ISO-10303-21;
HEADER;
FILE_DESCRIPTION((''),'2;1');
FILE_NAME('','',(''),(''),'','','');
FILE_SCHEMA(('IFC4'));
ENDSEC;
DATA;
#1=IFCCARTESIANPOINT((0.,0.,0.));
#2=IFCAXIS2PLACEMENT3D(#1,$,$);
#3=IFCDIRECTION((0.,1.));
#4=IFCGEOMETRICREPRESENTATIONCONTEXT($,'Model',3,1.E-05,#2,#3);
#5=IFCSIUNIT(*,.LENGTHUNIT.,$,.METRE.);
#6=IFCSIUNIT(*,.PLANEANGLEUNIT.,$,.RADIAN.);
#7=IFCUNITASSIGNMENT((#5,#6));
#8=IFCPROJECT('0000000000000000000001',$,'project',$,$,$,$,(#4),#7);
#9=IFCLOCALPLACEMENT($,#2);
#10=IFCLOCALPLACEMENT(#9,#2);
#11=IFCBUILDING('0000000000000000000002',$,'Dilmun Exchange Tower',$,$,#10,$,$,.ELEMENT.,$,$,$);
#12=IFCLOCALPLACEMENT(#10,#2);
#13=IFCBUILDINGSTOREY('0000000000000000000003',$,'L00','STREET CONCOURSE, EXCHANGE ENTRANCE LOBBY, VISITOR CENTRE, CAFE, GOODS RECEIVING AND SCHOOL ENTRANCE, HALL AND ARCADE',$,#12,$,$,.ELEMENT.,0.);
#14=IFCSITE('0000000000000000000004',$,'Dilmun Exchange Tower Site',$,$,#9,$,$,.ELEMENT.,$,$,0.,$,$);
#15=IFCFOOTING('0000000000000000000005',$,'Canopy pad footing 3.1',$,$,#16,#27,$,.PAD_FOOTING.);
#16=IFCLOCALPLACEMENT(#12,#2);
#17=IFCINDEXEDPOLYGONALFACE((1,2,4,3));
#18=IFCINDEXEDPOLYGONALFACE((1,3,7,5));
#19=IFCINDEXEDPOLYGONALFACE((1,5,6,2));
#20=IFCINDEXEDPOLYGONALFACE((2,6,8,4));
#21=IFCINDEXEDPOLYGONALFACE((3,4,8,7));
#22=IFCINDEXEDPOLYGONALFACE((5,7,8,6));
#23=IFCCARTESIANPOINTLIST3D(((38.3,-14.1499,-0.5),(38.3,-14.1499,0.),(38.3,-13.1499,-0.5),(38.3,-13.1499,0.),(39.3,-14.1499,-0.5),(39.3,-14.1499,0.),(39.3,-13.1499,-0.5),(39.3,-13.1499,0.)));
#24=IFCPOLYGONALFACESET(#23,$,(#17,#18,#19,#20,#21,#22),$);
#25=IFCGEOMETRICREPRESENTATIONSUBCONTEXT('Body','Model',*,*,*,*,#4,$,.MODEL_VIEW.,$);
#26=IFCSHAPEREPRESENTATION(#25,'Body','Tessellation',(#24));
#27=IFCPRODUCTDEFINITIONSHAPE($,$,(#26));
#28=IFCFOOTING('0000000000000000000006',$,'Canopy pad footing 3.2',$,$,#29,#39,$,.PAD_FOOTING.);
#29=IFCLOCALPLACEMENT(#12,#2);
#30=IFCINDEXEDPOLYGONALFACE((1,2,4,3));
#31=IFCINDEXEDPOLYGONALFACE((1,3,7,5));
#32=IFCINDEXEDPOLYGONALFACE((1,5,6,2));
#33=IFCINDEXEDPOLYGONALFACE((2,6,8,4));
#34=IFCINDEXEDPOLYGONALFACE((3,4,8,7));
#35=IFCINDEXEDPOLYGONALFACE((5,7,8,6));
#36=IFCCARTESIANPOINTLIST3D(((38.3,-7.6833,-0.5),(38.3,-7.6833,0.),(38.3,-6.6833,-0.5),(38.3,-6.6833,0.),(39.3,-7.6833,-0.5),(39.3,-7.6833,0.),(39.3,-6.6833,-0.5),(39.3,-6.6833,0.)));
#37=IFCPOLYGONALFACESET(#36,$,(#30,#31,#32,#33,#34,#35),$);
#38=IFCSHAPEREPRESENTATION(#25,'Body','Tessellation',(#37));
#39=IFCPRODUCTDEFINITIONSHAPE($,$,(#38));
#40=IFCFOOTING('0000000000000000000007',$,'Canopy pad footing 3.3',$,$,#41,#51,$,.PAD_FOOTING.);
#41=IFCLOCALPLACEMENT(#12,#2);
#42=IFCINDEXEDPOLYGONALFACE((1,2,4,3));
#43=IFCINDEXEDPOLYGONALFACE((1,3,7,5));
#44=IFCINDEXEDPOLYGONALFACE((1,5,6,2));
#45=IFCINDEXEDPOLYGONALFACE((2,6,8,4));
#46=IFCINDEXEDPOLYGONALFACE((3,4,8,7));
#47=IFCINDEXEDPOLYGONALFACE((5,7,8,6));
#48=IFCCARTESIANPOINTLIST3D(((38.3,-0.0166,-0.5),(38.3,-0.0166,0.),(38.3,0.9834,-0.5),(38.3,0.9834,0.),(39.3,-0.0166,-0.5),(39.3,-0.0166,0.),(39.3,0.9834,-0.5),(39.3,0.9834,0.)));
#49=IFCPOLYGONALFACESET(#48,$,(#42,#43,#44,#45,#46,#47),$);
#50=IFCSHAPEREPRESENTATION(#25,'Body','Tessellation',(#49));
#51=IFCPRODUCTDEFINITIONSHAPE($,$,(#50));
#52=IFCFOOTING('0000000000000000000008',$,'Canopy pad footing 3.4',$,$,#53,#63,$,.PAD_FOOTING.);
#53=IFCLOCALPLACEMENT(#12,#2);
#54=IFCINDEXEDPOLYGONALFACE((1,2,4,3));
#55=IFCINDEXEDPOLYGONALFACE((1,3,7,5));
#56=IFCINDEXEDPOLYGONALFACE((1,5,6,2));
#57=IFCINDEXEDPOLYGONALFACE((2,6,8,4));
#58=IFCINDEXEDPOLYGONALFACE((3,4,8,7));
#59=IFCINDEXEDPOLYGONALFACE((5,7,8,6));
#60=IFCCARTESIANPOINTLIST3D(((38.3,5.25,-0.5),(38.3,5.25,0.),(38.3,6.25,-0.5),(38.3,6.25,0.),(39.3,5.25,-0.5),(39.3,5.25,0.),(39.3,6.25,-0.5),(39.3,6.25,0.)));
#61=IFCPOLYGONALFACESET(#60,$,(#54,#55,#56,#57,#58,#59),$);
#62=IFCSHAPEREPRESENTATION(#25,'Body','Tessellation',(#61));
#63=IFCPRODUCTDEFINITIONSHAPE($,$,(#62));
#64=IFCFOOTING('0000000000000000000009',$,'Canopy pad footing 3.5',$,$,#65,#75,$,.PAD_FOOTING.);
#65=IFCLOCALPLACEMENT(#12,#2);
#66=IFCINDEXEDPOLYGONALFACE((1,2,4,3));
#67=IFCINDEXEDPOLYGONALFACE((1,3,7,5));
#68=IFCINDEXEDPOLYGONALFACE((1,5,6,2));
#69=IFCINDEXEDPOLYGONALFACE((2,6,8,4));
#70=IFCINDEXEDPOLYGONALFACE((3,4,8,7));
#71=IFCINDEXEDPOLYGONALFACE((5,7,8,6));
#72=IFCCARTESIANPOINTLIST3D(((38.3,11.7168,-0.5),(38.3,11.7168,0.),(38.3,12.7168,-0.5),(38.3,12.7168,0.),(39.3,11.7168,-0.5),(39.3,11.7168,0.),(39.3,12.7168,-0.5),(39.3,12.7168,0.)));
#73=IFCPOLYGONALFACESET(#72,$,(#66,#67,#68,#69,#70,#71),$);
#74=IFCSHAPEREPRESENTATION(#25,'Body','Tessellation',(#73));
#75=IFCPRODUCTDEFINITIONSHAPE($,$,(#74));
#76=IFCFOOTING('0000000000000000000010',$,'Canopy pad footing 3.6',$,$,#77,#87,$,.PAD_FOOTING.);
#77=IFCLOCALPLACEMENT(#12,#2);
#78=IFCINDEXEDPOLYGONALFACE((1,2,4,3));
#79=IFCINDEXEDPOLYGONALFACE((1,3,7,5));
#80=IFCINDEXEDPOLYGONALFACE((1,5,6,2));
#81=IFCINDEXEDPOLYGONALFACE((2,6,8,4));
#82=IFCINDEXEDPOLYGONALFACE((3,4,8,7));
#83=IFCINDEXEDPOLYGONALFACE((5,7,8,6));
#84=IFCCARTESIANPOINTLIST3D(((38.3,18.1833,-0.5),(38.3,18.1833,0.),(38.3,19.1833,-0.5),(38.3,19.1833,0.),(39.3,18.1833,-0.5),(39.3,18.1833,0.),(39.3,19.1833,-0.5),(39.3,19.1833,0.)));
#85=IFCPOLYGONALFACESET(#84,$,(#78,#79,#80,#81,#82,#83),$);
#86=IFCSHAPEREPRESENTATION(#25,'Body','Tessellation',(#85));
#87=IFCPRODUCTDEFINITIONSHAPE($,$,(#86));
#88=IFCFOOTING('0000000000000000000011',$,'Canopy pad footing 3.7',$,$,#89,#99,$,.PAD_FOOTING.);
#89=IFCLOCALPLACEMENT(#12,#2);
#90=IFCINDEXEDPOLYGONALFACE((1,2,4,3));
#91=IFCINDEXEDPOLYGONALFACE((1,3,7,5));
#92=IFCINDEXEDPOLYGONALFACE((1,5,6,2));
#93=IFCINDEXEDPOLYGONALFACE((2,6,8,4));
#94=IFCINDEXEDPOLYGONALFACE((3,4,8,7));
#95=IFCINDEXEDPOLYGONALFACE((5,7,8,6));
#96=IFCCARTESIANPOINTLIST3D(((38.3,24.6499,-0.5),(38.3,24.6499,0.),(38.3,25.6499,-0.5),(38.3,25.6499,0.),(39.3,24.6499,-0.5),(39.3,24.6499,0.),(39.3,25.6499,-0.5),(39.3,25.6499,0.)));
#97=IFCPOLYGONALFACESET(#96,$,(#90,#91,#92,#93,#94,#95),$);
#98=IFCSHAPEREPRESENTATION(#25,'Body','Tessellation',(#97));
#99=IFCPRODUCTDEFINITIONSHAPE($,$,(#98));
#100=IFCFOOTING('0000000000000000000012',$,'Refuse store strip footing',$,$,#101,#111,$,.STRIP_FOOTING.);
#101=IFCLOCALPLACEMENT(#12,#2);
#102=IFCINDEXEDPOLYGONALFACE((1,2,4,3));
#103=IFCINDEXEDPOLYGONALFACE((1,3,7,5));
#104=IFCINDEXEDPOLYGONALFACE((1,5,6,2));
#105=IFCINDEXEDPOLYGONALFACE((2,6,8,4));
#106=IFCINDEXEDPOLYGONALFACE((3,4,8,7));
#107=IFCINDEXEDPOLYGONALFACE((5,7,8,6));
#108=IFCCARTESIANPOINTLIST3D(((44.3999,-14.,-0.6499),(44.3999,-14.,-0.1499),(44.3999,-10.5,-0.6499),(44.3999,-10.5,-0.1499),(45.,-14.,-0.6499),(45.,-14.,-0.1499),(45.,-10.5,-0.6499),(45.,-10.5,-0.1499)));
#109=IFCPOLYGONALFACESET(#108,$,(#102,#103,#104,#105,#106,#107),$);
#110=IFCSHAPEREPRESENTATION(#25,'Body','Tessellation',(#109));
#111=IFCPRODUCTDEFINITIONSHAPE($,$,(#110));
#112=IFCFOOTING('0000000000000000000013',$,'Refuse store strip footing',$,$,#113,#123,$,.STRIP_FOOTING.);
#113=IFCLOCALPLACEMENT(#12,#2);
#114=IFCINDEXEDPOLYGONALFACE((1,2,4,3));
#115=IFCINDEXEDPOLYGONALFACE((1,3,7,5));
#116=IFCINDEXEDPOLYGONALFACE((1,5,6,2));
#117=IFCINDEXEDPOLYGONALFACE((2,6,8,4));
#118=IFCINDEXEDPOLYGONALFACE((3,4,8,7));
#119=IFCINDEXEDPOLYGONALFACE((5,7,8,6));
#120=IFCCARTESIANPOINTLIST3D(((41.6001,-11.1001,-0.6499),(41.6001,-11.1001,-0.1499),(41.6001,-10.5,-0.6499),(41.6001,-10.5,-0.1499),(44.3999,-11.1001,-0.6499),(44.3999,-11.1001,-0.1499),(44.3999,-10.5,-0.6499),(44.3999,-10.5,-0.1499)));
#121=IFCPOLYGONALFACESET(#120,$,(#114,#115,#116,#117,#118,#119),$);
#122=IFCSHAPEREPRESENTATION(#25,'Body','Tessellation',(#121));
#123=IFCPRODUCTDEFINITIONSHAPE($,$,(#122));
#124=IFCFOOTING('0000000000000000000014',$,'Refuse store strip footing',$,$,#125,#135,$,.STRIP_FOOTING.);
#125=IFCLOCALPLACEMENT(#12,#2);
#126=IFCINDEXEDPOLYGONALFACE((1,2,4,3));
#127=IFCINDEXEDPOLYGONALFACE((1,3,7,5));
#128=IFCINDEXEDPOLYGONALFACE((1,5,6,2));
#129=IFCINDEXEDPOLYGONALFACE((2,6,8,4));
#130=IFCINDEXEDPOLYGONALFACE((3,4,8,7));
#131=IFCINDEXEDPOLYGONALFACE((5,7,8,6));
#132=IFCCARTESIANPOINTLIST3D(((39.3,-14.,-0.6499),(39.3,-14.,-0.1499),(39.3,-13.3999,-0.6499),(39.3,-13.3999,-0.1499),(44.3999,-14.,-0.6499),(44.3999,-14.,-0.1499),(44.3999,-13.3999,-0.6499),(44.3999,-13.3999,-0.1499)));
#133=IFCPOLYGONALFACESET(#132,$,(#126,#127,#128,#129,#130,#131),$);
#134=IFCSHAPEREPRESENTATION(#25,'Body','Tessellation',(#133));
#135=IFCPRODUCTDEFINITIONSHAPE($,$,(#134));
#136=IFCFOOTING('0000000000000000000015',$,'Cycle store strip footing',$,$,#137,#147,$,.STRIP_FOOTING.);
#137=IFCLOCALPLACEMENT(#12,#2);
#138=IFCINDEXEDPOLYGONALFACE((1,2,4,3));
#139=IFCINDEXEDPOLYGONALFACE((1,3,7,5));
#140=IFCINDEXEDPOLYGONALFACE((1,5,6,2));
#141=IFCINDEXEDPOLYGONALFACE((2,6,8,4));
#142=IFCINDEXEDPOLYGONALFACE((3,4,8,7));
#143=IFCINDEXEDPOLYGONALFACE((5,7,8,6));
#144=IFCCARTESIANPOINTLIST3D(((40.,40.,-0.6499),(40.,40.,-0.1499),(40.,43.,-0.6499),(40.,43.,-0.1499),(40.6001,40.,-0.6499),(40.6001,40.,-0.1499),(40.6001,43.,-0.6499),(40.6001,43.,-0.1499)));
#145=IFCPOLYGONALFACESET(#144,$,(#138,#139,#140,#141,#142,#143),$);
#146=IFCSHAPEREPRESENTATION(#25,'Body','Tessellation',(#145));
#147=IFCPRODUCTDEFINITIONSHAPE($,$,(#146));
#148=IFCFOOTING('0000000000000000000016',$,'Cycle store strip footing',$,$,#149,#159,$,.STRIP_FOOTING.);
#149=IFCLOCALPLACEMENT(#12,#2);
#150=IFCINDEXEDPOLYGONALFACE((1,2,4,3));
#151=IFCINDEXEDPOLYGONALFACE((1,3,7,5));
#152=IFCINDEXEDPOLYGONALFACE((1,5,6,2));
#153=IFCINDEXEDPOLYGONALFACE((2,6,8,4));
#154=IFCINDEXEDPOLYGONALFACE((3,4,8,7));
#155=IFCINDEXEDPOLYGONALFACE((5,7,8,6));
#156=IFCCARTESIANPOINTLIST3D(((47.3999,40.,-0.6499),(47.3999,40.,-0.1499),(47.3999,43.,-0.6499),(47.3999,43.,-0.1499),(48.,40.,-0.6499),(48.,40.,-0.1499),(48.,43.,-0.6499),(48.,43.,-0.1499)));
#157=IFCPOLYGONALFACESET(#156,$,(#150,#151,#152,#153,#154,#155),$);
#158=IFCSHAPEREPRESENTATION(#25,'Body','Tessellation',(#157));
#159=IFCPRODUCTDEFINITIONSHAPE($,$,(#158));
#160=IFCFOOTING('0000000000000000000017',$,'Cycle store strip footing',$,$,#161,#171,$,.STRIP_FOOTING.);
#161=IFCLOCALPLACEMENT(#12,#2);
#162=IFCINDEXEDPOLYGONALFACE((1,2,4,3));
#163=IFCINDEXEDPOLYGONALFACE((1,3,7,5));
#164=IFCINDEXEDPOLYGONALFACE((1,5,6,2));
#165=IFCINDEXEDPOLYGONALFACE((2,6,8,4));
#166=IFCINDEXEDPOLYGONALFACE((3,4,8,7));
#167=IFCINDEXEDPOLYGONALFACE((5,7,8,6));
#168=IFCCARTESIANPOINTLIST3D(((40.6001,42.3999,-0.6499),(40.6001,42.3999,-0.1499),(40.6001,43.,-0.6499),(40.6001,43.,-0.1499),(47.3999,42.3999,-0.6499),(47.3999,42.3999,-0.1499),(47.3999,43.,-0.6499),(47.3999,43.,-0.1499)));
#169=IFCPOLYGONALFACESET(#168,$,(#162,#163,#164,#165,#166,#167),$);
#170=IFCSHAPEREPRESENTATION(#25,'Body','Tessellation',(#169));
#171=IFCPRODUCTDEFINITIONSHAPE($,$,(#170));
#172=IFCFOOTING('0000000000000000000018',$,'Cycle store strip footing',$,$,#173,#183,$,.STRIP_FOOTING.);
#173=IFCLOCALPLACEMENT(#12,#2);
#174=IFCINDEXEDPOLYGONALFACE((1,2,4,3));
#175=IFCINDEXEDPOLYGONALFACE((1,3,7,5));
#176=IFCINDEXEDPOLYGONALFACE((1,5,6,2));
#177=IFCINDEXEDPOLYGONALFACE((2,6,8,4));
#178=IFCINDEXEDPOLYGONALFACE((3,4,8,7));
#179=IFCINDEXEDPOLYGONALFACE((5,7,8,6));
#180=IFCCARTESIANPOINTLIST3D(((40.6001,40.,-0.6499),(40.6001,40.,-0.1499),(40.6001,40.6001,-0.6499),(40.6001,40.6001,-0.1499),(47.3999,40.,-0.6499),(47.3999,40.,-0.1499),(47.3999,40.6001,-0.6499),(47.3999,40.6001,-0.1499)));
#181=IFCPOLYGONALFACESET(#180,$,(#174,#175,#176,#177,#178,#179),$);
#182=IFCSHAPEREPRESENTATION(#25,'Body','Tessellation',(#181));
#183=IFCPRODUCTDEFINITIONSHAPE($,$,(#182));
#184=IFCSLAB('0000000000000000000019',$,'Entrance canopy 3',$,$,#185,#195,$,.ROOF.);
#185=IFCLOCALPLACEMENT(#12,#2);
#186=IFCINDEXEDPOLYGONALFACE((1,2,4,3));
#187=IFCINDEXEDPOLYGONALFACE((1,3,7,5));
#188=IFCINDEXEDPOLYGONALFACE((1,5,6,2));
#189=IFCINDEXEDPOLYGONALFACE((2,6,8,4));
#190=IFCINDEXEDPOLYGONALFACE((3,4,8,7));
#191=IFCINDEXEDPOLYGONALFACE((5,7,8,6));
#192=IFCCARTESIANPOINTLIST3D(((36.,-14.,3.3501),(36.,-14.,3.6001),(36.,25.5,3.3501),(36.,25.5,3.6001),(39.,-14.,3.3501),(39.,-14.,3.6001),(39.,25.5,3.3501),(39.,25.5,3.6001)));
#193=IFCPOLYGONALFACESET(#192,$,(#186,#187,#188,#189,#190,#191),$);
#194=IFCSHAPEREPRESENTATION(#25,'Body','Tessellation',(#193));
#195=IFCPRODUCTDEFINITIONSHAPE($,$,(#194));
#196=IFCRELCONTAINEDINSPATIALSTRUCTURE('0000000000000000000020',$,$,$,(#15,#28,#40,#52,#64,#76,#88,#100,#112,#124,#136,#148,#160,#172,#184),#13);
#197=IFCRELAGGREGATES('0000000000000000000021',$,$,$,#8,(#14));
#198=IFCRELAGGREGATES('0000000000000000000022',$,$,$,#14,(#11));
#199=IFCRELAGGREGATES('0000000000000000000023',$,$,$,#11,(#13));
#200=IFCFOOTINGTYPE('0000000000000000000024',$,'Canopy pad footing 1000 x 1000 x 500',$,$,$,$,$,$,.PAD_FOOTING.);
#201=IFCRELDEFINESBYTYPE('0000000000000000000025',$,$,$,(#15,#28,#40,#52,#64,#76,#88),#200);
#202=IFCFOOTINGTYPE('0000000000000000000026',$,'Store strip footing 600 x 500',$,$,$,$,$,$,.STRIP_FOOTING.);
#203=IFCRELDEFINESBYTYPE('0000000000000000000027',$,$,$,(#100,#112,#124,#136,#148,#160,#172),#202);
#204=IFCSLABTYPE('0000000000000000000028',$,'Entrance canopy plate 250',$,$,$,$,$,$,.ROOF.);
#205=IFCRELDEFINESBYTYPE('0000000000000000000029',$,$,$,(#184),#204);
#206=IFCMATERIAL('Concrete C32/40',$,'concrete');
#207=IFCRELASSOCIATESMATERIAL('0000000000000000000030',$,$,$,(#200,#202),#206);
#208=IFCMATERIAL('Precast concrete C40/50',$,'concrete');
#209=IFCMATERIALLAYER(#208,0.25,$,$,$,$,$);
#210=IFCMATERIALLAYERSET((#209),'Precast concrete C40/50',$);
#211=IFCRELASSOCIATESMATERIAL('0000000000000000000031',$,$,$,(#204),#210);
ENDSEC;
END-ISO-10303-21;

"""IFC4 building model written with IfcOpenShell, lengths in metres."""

from ifc_helpers import new_model, si_unit, direction, frame, origin, place, context, subcontext, project, spatial, polyline, outline, extrude, material, layer, layer_set, type_object, element, save


model = new_model("IFC4")

# Units and contexts
model_context = context("Model", 3, precision=1e-05, world=origin(), true_north=direction((0.0, 1.0)))
body_context = subcontext(model_context, "Body", "Model", "MODEL_VIEW")
ifc_project = project(units=[si_unit("LENGTHUNIT", "METRE"), si_unit("PLANEANGLEUNIT", "RADIAN")], contexts=[model_context])

# Site, building, storey
site_placement = place(None, origin())
site = spatial("IfcSite", under=ifc_project, at=site_placement, Name="Dilmun Exchange Tower Site", CompositionType="ELEMENT", RefElevation=0.0)
building_placement = place(site_placement, origin())
building = spatial("IfcBuilding", under=site, at=building_placement, Name="Dilmun Exchange Tower", CompositionType="ELEMENT")
storey_placement = place(building_placement, origin())
storey = spatial("IfcBuildingStorey", under=building, at=storey_placement, Name="L00", Description="STREET CONCOURSE, EXCHANGE ENTRANCE LOBBY, VISITOR CENTRE, CAFE, GOODS RECEIVING AND SCHOOL ENTRANCE, HALL AND ARCADE", CompositionType="ELEMENT", Elevation=0.0)

# Footings
ifc_material_1 = material(Name="Concrete C32/40", Category="concrete")
footing_type_1 = type_object("IfcFootingType", Name="Canopy pad footing 1000 x 1000 x 500", PredefinedType="PAD_FOOTING", material=ifc_material_1)
footing_1_placement = place(storey_placement, frame((0.0, 0.0, -0.5)))
element("IfcFooting", 1, at=footing_1_placement, inside=storey, type_object=footing_type_1, Name="Canopy pad footing 3.1", PredefinedType="PAD_FOOTING", context=body_context, shape_type="SweptSolid", body=[
    extrude(outline(polyline([(38.3, -14.1499), (39.3, -14.1499), (39.3, -13.1499), (38.3, -13.1499), (38.3, -14.1499)])), origin(), (0.0, 0.0, 1.0), 0.5),
])
footing_2_placement = place(storey_placement, frame((0.0, 0.0, -0.5)))
element("IfcFooting", 2, at=footing_2_placement, inside=storey, type_object=footing_type_1, Name="Canopy pad footing 3.2", PredefinedType="PAD_FOOTING", context=body_context, shape_type="SweptSolid", body=[
    extrude(outline(polyline([(38.3, -7.6833), (39.3, -7.6833), (39.3, -6.6833), (38.3, -6.6833), (38.3, -7.6833)])), origin(), (0.0, 0.0, 1.0), 0.5),
])
footing_3_placement = place(storey_placement, frame((0.0, 0.0, -0.5)))
element("IfcFooting", 3, at=footing_3_placement, inside=storey, type_object=footing_type_1, Name="Canopy pad footing 3.3", PredefinedType="PAD_FOOTING", context=body_context, shape_type="SweptSolid", body=[
    extrude(outline(polyline([(38.3, -0.0166), (39.3, -0.0166), (39.3, 0.9834), (38.3, 0.9834), (38.3, -0.0166)])), origin(), (0.0, 0.0, 1.0), 0.5),
])
footing_4_placement = place(storey_placement, frame((0.0, 0.0, -0.5)))
element("IfcFooting", 4, at=footing_4_placement, inside=storey, type_object=footing_type_1, Name="Canopy pad footing 3.4", PredefinedType="PAD_FOOTING", context=body_context, shape_type="SweptSolid", body=[
    extrude(outline(polyline([(38.3, 5.25), (39.3, 5.25), (39.3, 6.25), (38.3, 6.25), (38.3, 5.25)])), origin(), (0.0, 0.0, 1.0), 0.5),
])
footing_5_placement = place(storey_placement, frame((0.0, 0.0, -0.5)))
element("IfcFooting", 5, at=footing_5_placement, inside=storey, type_object=footing_type_1, Name="Canopy pad footing 3.5", PredefinedType="PAD_FOOTING", context=body_context, shape_type="SweptSolid", body=[
    extrude(outline(polyline([(38.3, 11.7168), (39.3, 11.7168), (39.3, 12.7168), (38.3, 12.7168), (38.3, 11.7168)])), origin(), (0.0, 0.0, 1.0), 0.5),
])
footing_6_placement = place(storey_placement, frame((0.0, 0.0, -0.5)))
element("IfcFooting", 6, at=footing_6_placement, inside=storey, type_object=footing_type_1, Name="Canopy pad footing 3.6", PredefinedType="PAD_FOOTING", context=body_context, shape_type="SweptSolid", body=[
    extrude(outline(polyline([(38.3, 18.1833), (39.3, 18.1833), (39.3, 19.1833), (38.3, 19.1833), (38.3, 18.1833)])), origin(), (0.0, 0.0, 1.0), 0.5),
])
footing_7_placement = place(storey_placement, frame((0.0, 0.0, -0.5)))
element("IfcFooting", 7, at=footing_7_placement, inside=storey, type_object=footing_type_1, Name="Canopy pad footing 3.7", PredefinedType="PAD_FOOTING", context=body_context, shape_type="SweptSolid", body=[
    extrude(outline(polyline([(38.3, 24.6499), (39.3, 24.6499), (39.3, 25.6499), (38.3, 25.6499), (38.3, 24.6499)])), origin(), (0.0, 0.0, 1.0), 0.5),
])
footing_type_2 = type_object("IfcFootingType", Name="Store strip footing 600 x 500", PredefinedType="STRIP_FOOTING", material=ifc_material_1)
footing_8_placement = place(storey_placement, frame((0.0, 0.0, -0.6499)))
element("IfcFooting", 8, at=footing_8_placement, inside=storey, type_object=footing_type_2, Name="Refuse store strip footing", PredefinedType="STRIP_FOOTING", context=body_context, shape_type="SweptSolid", body=[
    extrude(outline(polyline([(44.3999, -14.0), (44.3999, -10.5), (45.0, -10.5), (45.0, -14.0), (44.3999, -14.0)])), origin(), (0.0, 0.0, 1.0), 0.5),
])
footing_9_placement = place(storey_placement, frame((0.0, 0.0, -0.6499)))
element("IfcFooting", 9, at=footing_9_placement, inside=storey, type_object=footing_type_2, Name="Refuse store strip footing", PredefinedType="STRIP_FOOTING", context=body_context, shape_type="SweptSolid", body=[
    extrude(outline(polyline([(41.6001, -11.1001), (41.6001, -10.5), (44.3999, -10.5), (44.3999, -11.1001), (41.6001, -11.1001)])), origin(), (0.0, 0.0, 1.0), 0.5),
])
footing_10_placement = place(storey_placement, frame((0.0, 0.0, -0.6499)))
element("IfcFooting", 10, at=footing_10_placement, inside=storey, type_object=footing_type_2, Name="Refuse store strip footing", PredefinedType="STRIP_FOOTING", context=body_context, shape_type="SweptSolid", body=[
    extrude(outline(polyline([(39.3, -14.0), (39.3, -13.3999), (44.3999, -13.3999), (44.3999, -14.0), (39.3, -14.0)])), origin(), (0.0, 0.0, 1.0), 0.5),
])
footing_11_placement = place(storey_placement, frame((0.0, 0.0, -0.6499)))
element("IfcFooting", 11, at=footing_11_placement, inside=storey, type_object=footing_type_2, Name="Cycle store strip footing", PredefinedType="STRIP_FOOTING", context=body_context, shape_type="SweptSolid", body=[
    extrude(outline(polyline([(40.0, 40.0), (40.0, 43.0), (40.6001, 43.0), (40.6001, 40.0), (40.0, 40.0)])), origin(), (0.0, 0.0, 1.0), 0.5),
])
footing_12_placement = place(storey_placement, frame((0.0, 0.0, -0.6499)))
element("IfcFooting", 12, at=footing_12_placement, inside=storey, type_object=footing_type_2, Name="Cycle store strip footing", PredefinedType="STRIP_FOOTING", context=body_context, shape_type="SweptSolid", body=[
    extrude(outline(polyline([(47.3999, 40.0), (47.3999, 43.0), (48.0, 43.0), (48.0, 40.0), (47.3999, 40.0)])), origin(), (0.0, 0.0, 1.0), 0.5),
])
footing_13_placement = place(storey_placement, frame((0.0, 0.0, -0.6499)))
element("IfcFooting", 13, at=footing_13_placement, inside=storey, type_object=footing_type_2, Name="Cycle store strip footing", PredefinedType="STRIP_FOOTING", context=body_context, shape_type="SweptSolid", body=[
    extrude(outline(polyline([(40.6001, 42.3999), (40.6001, 43.0), (47.3999, 43.0), (47.3999, 42.3999), (40.6001, 42.3999)])), origin(), (0.0, 0.0, 1.0), 0.5),
])
footing_14_placement = place(storey_placement, frame((0.0, 0.0, -0.6499)))
element("IfcFooting", 14, at=footing_14_placement, inside=storey, type_object=footing_type_2, Name="Cycle store strip footing", PredefinedType="STRIP_FOOTING", context=body_context, shape_type="SweptSolid", body=[
    extrude(outline(polyline([(40.6001, 40.0), (40.6001, 40.6001), (47.3999, 40.6001), (47.3999, 40.0), (40.6001, 40.0)])), origin(), (0.0, 0.0, 1.0), 0.5),
])

# Slab
ifc_material_2 = material(Name="Precast concrete C40/50", Category="concrete")
ifc_layer_1 = layer(ifc_material_2, 0.25)
ifc_layer_set_1 = layer_set([ifc_layer_1], Name="Precast concrete C40/50")
slab_type_1 = type_object("IfcSlabType", Name="Entrance canopy plate 250", PredefinedType="ROOF", material=ifc_layer_set_1)
slab_1_placement = place(storey_placement, frame((0.0, 0.0, 3.3501)))
element("IfcSlab", 15, at=slab_1_placement, inside=storey, type_object=slab_type_1, Name="Entrance canopy 3", PredefinedType="ROOF", context=body_context, shape_type="SweptSolid", body=[
    extrude(outline(polyline([(36.0, -14.0), (36.0, 25.5), (39.0, 25.5), (39.0, -14.0), (36.0, -14.0)])), origin(), (0.0, 0.0, 1.0), 0.25),
])

save(model, "model.ifc")
